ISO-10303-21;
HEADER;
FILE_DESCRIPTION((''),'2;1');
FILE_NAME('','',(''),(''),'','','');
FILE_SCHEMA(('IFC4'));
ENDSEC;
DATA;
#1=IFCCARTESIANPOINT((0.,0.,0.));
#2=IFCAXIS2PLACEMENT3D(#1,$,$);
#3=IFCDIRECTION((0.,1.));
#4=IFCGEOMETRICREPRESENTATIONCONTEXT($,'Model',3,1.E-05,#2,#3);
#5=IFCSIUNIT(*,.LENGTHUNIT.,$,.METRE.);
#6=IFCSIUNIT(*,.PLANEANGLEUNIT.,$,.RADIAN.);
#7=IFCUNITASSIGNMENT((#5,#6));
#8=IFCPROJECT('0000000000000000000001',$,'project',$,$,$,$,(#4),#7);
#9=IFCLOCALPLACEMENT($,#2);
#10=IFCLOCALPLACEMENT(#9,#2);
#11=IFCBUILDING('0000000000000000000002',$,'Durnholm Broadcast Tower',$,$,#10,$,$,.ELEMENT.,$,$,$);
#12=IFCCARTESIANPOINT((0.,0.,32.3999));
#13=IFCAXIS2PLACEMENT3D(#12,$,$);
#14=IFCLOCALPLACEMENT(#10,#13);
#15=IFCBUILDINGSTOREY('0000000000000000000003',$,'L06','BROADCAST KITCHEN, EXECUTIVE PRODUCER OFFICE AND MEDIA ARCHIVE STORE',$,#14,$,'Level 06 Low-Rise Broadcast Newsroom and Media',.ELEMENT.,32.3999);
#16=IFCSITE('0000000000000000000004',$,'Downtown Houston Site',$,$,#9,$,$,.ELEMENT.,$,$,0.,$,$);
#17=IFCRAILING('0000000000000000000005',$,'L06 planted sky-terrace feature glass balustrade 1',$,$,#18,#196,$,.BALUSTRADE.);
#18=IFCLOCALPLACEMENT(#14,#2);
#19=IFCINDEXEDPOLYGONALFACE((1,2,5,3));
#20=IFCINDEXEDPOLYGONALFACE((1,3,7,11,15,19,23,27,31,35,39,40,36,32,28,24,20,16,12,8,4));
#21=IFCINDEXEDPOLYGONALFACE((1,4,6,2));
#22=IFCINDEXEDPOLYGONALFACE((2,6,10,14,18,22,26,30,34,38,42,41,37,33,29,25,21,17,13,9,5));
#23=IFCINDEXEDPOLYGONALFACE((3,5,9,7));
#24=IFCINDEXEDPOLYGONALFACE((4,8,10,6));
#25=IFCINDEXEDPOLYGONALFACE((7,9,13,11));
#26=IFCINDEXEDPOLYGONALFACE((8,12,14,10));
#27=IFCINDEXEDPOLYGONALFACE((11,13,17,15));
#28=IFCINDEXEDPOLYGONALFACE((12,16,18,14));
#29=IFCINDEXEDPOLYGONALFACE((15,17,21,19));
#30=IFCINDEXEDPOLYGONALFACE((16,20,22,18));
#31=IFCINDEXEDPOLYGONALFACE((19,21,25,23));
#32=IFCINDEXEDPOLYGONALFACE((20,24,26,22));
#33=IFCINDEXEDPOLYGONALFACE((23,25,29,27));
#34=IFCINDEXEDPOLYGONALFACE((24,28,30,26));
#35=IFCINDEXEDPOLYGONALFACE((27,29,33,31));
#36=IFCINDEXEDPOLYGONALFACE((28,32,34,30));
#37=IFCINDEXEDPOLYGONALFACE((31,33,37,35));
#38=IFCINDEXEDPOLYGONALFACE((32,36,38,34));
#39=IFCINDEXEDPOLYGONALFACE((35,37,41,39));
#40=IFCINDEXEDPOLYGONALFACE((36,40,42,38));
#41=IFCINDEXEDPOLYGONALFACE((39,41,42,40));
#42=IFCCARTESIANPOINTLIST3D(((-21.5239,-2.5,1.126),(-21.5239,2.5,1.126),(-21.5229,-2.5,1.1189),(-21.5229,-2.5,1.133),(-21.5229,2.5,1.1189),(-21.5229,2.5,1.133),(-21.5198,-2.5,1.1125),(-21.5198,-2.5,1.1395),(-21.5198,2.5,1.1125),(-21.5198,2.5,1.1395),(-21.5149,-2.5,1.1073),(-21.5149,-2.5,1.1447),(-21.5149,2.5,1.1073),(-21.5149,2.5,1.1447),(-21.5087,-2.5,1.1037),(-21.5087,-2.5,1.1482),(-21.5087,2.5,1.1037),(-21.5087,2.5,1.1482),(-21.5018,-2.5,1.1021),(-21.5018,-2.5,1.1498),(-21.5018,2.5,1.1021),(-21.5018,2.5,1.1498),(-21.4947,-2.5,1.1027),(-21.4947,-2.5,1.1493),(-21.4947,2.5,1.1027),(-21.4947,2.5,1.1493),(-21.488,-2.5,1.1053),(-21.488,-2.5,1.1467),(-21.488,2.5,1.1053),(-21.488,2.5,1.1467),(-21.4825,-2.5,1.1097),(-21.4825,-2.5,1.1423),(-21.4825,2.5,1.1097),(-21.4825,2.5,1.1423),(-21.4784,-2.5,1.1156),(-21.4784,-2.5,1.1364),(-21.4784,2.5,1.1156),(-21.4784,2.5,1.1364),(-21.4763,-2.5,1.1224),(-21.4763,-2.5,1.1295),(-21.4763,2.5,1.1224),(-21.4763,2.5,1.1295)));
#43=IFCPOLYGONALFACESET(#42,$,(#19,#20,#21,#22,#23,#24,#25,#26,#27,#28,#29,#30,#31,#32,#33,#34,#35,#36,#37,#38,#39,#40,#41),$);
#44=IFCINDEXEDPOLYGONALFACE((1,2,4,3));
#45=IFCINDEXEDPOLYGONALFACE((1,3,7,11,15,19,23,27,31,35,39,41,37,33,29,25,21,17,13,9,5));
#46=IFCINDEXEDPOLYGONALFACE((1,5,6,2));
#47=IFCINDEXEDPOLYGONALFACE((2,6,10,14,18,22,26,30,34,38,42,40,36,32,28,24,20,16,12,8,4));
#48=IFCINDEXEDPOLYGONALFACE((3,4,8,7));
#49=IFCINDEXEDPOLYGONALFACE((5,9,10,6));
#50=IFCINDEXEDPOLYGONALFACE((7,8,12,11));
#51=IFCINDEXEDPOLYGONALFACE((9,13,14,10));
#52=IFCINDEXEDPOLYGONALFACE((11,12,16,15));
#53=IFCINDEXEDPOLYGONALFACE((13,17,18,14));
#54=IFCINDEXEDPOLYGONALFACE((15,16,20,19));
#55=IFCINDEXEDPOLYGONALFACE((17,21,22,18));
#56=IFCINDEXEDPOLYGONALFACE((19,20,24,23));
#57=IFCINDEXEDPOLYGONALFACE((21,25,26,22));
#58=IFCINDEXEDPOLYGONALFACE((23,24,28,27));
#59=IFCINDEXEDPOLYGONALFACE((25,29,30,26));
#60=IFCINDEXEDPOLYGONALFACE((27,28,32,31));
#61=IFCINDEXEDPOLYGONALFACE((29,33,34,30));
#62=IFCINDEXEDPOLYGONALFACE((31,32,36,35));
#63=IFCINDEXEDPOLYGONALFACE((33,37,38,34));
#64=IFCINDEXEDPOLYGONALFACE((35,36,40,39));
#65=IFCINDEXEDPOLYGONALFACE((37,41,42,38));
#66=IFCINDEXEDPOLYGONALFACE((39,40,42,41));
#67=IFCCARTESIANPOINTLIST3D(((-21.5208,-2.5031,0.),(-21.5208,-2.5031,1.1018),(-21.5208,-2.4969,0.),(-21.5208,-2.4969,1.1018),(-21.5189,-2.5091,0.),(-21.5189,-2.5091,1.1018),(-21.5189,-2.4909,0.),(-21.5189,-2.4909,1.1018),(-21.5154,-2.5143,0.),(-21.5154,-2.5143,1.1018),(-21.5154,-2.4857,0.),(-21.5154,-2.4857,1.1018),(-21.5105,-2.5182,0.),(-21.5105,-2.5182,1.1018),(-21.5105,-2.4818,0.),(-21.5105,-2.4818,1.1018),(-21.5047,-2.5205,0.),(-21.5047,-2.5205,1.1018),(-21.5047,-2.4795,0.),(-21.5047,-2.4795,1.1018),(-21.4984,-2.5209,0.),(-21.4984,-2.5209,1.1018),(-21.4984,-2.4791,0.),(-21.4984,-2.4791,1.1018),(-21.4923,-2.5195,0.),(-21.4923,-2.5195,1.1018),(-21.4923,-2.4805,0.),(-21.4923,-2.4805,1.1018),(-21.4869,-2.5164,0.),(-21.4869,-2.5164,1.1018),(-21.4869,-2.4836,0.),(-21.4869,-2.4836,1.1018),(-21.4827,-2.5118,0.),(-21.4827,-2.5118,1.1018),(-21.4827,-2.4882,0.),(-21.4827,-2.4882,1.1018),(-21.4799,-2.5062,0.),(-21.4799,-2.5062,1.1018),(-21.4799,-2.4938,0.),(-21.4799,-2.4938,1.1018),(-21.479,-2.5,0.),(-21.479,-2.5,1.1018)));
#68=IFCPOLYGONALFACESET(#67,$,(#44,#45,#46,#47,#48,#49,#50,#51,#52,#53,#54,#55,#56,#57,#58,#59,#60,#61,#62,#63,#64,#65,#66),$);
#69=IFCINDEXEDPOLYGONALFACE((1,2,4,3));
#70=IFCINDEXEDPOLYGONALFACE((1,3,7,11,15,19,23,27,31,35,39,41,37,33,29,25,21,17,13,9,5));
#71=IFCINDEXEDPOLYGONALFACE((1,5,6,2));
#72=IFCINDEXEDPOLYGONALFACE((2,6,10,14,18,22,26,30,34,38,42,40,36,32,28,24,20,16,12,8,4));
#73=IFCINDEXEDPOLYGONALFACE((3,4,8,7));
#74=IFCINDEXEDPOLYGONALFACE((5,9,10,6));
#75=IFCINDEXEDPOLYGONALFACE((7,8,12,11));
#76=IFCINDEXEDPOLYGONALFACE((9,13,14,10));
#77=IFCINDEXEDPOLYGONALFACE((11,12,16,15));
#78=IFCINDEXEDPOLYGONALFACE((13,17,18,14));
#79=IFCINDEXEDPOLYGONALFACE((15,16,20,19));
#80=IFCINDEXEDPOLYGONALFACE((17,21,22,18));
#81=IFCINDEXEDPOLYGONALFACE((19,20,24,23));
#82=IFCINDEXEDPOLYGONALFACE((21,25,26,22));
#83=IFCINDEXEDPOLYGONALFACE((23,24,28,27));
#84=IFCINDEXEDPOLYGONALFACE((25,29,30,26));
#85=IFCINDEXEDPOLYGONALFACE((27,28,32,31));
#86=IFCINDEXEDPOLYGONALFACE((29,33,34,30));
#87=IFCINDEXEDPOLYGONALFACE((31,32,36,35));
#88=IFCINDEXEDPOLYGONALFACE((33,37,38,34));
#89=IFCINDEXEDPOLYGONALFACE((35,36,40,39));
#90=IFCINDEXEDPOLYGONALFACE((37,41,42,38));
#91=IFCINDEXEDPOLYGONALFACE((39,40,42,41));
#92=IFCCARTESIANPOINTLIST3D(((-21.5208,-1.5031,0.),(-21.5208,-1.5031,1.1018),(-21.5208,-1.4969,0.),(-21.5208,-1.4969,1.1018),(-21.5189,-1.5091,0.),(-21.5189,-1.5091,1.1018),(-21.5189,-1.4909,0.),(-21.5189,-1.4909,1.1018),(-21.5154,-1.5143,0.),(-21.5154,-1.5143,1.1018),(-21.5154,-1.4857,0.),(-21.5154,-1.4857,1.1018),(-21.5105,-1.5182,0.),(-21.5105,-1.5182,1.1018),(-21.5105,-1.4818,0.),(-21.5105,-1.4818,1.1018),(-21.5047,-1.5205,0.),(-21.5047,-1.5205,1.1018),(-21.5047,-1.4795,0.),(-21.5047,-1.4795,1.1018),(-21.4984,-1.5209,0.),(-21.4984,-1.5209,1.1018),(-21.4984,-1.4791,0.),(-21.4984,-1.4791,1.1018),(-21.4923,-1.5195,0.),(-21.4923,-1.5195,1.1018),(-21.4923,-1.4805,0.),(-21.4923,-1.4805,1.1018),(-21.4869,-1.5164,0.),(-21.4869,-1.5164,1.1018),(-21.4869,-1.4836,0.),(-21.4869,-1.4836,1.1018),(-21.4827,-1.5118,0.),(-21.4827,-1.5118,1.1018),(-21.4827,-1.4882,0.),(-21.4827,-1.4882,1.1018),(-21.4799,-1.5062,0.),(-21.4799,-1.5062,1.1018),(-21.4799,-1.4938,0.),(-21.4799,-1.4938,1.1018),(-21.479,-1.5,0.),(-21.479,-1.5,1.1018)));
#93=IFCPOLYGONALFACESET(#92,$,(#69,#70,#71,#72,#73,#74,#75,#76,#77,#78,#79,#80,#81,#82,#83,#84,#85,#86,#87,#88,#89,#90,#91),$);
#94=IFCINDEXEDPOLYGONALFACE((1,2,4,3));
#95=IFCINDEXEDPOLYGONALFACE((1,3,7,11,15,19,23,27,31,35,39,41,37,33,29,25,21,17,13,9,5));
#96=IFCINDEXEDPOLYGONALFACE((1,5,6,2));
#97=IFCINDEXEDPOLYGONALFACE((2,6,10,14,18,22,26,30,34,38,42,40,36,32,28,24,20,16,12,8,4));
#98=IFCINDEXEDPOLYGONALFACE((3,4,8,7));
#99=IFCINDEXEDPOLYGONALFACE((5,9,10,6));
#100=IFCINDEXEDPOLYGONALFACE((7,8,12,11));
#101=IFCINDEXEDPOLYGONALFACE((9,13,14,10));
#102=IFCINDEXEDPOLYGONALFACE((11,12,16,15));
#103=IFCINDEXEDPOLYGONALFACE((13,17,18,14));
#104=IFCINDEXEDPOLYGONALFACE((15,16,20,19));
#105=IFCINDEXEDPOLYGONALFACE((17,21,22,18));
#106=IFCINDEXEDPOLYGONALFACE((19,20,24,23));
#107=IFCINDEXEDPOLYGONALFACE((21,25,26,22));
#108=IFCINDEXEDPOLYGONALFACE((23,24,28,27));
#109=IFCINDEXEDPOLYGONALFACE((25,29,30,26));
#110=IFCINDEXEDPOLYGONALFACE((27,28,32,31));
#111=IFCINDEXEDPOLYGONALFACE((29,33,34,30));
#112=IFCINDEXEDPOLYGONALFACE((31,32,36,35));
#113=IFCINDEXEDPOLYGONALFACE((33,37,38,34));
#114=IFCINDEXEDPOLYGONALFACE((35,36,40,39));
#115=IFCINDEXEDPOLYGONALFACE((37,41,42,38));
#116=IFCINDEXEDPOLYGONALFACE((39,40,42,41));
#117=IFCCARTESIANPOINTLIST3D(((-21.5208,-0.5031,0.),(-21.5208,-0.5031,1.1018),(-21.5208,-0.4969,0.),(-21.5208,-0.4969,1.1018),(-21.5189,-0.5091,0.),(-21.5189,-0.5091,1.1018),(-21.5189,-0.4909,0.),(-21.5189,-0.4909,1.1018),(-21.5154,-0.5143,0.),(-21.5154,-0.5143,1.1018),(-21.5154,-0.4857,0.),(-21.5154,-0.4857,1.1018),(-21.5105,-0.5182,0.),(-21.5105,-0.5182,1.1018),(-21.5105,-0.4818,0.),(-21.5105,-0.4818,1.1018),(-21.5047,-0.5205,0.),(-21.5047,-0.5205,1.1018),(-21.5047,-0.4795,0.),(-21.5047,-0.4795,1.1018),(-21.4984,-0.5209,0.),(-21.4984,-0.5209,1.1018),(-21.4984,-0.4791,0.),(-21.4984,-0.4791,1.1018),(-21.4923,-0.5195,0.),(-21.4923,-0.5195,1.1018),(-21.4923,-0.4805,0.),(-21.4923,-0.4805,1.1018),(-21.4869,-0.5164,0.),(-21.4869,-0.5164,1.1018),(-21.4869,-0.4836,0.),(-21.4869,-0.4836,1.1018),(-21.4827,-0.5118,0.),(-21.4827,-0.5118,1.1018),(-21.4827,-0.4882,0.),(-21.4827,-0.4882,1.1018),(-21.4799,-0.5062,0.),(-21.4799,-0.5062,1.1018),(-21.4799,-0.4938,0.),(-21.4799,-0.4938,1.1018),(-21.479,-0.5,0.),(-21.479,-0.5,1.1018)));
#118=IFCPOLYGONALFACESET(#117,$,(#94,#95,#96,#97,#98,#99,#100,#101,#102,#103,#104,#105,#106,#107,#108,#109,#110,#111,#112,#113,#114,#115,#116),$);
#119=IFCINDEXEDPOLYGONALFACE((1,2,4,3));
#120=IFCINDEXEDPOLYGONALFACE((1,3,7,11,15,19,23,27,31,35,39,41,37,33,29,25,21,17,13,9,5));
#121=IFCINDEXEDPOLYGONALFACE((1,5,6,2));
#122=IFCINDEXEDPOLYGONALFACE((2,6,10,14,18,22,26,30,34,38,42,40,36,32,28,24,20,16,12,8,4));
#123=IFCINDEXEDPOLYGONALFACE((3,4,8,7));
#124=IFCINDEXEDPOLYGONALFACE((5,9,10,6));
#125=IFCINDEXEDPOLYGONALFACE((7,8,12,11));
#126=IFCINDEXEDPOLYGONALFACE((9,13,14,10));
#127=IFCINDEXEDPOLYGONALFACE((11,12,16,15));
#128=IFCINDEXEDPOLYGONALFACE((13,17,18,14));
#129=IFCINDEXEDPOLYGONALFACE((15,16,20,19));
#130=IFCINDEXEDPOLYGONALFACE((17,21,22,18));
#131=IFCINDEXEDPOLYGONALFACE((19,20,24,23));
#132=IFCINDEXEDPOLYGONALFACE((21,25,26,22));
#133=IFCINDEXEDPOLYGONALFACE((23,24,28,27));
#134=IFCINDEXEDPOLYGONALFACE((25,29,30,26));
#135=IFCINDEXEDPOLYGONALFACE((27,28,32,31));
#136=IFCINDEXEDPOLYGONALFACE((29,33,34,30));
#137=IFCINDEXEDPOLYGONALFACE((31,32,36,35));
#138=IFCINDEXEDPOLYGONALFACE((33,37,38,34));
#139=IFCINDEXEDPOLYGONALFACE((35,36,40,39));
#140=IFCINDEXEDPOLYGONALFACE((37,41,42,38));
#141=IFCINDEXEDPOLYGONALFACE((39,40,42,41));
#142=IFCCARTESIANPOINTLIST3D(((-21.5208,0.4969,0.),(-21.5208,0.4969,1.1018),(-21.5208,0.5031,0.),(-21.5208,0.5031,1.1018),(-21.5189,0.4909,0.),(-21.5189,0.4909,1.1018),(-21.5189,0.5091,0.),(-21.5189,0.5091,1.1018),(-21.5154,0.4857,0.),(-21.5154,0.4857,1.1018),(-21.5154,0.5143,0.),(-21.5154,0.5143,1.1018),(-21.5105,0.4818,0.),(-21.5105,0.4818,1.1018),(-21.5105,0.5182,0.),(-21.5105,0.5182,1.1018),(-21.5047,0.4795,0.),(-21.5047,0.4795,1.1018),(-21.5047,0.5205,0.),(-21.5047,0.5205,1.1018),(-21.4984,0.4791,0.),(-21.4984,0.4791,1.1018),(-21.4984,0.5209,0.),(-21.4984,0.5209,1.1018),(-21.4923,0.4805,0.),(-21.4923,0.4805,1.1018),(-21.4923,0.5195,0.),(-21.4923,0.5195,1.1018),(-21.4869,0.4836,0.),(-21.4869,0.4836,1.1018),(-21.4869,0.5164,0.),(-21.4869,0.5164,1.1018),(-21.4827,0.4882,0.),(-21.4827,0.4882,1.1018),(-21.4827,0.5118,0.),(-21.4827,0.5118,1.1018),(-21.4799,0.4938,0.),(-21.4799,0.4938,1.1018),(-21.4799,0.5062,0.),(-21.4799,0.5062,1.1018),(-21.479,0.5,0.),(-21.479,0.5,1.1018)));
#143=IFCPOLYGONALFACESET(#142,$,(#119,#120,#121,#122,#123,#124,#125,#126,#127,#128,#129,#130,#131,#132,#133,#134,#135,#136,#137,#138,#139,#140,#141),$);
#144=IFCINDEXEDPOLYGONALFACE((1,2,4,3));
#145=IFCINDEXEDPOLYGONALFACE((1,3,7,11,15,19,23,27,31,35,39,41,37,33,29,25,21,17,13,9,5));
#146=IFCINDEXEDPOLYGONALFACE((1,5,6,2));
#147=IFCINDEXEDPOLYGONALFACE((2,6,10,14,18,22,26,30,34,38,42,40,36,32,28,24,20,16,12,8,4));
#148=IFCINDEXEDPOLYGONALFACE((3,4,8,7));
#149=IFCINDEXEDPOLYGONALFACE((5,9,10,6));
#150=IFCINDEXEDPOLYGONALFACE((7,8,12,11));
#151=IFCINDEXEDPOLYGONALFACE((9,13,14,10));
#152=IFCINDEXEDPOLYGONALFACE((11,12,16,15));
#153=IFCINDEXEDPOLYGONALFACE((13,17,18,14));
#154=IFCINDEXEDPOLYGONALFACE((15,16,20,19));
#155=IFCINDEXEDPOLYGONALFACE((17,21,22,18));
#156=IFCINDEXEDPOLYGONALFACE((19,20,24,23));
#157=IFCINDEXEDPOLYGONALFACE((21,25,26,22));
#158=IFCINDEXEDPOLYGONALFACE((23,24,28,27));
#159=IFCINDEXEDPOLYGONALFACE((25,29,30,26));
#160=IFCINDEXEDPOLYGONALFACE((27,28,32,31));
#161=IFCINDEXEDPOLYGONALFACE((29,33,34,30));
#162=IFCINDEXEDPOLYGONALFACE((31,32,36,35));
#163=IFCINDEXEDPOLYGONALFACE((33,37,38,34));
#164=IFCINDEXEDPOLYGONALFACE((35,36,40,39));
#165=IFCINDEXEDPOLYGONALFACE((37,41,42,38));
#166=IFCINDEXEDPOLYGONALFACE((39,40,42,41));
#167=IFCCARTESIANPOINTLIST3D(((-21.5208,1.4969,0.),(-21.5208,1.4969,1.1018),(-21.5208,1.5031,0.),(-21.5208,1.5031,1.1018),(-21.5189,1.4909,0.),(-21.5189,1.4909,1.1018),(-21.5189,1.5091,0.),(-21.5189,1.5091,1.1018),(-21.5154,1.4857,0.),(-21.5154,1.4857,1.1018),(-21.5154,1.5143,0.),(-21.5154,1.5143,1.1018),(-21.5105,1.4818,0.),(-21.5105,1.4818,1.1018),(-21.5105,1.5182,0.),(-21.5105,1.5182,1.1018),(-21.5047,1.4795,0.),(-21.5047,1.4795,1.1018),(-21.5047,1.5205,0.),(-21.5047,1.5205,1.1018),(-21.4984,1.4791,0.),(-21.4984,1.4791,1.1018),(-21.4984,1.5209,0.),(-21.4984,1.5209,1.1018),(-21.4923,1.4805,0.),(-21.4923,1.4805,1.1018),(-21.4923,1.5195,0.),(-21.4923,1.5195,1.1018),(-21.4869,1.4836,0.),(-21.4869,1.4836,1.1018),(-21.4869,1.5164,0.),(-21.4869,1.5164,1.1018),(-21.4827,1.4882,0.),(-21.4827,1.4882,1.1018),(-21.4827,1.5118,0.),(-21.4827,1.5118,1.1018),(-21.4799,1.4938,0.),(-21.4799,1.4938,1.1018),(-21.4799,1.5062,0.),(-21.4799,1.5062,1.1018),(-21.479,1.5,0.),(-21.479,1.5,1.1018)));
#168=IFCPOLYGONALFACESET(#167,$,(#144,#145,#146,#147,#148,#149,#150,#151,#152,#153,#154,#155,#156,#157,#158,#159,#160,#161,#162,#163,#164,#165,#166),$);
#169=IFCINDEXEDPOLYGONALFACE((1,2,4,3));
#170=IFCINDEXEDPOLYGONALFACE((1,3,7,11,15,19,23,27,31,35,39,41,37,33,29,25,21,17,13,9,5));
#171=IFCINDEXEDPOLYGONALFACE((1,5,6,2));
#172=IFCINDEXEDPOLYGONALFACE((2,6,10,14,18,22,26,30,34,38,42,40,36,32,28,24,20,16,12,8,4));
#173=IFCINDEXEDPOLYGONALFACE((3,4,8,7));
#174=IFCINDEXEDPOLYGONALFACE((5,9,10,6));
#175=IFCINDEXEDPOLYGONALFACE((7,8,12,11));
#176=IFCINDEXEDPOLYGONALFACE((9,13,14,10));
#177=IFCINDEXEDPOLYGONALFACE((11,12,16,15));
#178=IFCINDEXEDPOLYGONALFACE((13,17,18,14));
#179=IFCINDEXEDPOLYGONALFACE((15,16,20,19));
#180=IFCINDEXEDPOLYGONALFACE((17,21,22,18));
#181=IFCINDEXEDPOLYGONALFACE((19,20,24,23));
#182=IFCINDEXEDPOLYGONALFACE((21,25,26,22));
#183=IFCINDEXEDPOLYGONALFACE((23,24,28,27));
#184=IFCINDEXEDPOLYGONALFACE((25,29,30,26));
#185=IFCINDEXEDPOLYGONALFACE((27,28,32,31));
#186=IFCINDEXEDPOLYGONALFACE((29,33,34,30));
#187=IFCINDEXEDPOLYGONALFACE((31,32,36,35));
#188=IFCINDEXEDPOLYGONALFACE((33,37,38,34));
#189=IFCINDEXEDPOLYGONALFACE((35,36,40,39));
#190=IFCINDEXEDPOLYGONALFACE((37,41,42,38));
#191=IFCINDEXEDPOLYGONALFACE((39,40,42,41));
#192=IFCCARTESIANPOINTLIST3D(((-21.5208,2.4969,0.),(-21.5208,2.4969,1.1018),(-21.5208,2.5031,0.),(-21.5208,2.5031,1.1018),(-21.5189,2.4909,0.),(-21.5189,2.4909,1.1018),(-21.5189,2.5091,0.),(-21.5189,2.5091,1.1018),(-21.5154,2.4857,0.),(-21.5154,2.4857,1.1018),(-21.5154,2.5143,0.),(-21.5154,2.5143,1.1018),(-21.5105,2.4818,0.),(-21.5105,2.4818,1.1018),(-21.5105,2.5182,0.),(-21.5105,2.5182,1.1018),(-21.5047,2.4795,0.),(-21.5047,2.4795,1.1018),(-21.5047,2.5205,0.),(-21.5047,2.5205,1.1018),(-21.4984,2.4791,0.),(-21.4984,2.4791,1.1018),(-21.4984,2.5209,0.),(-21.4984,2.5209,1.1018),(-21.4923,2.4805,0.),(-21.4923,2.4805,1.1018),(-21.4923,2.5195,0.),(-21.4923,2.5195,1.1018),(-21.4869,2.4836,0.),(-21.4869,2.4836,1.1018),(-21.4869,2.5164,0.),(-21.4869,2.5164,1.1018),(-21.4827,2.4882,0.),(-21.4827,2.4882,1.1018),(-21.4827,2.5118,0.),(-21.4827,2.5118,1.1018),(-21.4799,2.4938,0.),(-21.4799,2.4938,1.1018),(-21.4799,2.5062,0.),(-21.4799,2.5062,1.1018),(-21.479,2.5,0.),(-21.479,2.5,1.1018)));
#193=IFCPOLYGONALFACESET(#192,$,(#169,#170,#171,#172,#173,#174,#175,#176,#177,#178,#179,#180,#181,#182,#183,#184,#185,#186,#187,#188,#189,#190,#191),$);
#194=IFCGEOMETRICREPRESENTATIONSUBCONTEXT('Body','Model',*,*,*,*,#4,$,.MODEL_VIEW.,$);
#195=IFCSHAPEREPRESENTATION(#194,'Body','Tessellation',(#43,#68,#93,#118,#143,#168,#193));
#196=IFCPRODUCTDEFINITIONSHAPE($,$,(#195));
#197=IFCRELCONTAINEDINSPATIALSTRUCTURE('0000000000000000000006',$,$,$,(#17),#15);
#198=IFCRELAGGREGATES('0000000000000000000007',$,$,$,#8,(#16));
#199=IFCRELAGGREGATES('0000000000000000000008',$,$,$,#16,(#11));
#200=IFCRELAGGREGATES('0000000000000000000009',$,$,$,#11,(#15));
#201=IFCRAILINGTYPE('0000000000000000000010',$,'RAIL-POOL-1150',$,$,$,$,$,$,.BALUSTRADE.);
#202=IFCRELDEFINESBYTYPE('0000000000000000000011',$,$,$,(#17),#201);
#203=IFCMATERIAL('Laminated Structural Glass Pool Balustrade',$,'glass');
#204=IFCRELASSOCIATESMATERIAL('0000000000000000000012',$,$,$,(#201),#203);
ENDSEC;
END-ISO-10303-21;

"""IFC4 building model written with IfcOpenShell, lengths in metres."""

from ifc_helpers import new_model, si_unit, direction, frame, origin, origin_2d, place, context, subcontext, project, spatial, circle, extrude, material, type_object, element, save


model = new_model("IFC4")

# Units and contexts
model_context = context("Model", 3, precision=1e-05, world=origin(), true_north=direction((0.0, 1.0)))
body_context = subcontext(model_context, "Body", "Model", "MODEL_VIEW")
ifc_project = project(units=[si_unit("LENGTHUNIT", "METRE"), si_unit("PLANEANGLEUNIT", "RADIAN")], contexts=[model_context])

# Site, building, storey
site_placement = place(None, origin())
site = spatial("IfcSite", under=ifc_project, at=site_placement, Name="Downtown Houston Site", CompositionType="ELEMENT", RefElevation=0.0)
building_placement = place(site_placement, origin())
building = spatial("IfcBuilding", under=site, at=building_placement, Name="Durnholm Broadcast Tower", CompositionType="ELEMENT")
storey_placement = place(building_placement, frame((0.0, 0.0, 32.3999)))
storey = spatial("IfcBuildingStorey", under=building, at=storey_placement, Name="L06", Description="BROADCAST KITCHEN, EXECUTIVE PRODUCER OFFICE AND MEDIA ARCHIVE STORE", LongName="Level 06 Low-Rise Broadcast Newsroom and Media", CompositionType="ELEMENT", Elevation=32.3999)

# Railing
ifc_material_1 = material(Name="Laminated Structural Glass Pool Balustrade", Category="glass")
railing_type_1 = type_object("IfcRailingType", Name="RAIL-POOL-1150", PredefinedType="BALUSTRADE", material=ifc_material_1)
railing_1_placement = place(storey_placement, frame((-21.5, -2.5, 0.0)))
element("IfcRailing", 1, at=railing_1_placement, inside=storey, type_object=railing_type_1, Name="L06 planted sky-terrace feature glass balustrade 1", PredefinedType="BALUSTRADE", context=body_context, shape_type="SweptSolid", body=[
    extrude(circle(Radius=0.0239, at=origin_2d()), frame((0.0, 0.0, 1.126), z_axis=(0.0, 1.0, 0.0), x_axis=(-1.0, 0.0, 0.0)), (0.0, 0.0, 1.0), 5.0),
    extrude(circle(Radius=0.021, at=origin_2d()), origin(), (0.0, 0.0, 1.0), 1.1018),
    extrude(circle(Radius=0.021, at=origin_2d()), frame((0.0, 1.0, 0.0)), (0.0, 0.0, 1.0), 1.1018),
    extrude(circle(Radius=0.021, at=origin_2d()), frame((0.0, 2.0, 0.0)), (0.0, 0.0, 1.0), 1.1018),
    extrude(circle(Radius=0.021, at=origin_2d()), frame((0.0, 3.0, 0.0)), (0.0, 0.0, 1.0), 1.1018),
    extrude(circle(Radius=0.021, at=origin_2d()), frame((0.0, 4.0, 0.0)), (0.0, 0.0, 1.0), 1.1018),
    extrude(circle(Radius=0.021, at=origin_2d()), frame((0.0, 5.0, 0.0)), (0.0, 0.0, 1.0), 1.1018),
])

save(model, "model.ifc")
